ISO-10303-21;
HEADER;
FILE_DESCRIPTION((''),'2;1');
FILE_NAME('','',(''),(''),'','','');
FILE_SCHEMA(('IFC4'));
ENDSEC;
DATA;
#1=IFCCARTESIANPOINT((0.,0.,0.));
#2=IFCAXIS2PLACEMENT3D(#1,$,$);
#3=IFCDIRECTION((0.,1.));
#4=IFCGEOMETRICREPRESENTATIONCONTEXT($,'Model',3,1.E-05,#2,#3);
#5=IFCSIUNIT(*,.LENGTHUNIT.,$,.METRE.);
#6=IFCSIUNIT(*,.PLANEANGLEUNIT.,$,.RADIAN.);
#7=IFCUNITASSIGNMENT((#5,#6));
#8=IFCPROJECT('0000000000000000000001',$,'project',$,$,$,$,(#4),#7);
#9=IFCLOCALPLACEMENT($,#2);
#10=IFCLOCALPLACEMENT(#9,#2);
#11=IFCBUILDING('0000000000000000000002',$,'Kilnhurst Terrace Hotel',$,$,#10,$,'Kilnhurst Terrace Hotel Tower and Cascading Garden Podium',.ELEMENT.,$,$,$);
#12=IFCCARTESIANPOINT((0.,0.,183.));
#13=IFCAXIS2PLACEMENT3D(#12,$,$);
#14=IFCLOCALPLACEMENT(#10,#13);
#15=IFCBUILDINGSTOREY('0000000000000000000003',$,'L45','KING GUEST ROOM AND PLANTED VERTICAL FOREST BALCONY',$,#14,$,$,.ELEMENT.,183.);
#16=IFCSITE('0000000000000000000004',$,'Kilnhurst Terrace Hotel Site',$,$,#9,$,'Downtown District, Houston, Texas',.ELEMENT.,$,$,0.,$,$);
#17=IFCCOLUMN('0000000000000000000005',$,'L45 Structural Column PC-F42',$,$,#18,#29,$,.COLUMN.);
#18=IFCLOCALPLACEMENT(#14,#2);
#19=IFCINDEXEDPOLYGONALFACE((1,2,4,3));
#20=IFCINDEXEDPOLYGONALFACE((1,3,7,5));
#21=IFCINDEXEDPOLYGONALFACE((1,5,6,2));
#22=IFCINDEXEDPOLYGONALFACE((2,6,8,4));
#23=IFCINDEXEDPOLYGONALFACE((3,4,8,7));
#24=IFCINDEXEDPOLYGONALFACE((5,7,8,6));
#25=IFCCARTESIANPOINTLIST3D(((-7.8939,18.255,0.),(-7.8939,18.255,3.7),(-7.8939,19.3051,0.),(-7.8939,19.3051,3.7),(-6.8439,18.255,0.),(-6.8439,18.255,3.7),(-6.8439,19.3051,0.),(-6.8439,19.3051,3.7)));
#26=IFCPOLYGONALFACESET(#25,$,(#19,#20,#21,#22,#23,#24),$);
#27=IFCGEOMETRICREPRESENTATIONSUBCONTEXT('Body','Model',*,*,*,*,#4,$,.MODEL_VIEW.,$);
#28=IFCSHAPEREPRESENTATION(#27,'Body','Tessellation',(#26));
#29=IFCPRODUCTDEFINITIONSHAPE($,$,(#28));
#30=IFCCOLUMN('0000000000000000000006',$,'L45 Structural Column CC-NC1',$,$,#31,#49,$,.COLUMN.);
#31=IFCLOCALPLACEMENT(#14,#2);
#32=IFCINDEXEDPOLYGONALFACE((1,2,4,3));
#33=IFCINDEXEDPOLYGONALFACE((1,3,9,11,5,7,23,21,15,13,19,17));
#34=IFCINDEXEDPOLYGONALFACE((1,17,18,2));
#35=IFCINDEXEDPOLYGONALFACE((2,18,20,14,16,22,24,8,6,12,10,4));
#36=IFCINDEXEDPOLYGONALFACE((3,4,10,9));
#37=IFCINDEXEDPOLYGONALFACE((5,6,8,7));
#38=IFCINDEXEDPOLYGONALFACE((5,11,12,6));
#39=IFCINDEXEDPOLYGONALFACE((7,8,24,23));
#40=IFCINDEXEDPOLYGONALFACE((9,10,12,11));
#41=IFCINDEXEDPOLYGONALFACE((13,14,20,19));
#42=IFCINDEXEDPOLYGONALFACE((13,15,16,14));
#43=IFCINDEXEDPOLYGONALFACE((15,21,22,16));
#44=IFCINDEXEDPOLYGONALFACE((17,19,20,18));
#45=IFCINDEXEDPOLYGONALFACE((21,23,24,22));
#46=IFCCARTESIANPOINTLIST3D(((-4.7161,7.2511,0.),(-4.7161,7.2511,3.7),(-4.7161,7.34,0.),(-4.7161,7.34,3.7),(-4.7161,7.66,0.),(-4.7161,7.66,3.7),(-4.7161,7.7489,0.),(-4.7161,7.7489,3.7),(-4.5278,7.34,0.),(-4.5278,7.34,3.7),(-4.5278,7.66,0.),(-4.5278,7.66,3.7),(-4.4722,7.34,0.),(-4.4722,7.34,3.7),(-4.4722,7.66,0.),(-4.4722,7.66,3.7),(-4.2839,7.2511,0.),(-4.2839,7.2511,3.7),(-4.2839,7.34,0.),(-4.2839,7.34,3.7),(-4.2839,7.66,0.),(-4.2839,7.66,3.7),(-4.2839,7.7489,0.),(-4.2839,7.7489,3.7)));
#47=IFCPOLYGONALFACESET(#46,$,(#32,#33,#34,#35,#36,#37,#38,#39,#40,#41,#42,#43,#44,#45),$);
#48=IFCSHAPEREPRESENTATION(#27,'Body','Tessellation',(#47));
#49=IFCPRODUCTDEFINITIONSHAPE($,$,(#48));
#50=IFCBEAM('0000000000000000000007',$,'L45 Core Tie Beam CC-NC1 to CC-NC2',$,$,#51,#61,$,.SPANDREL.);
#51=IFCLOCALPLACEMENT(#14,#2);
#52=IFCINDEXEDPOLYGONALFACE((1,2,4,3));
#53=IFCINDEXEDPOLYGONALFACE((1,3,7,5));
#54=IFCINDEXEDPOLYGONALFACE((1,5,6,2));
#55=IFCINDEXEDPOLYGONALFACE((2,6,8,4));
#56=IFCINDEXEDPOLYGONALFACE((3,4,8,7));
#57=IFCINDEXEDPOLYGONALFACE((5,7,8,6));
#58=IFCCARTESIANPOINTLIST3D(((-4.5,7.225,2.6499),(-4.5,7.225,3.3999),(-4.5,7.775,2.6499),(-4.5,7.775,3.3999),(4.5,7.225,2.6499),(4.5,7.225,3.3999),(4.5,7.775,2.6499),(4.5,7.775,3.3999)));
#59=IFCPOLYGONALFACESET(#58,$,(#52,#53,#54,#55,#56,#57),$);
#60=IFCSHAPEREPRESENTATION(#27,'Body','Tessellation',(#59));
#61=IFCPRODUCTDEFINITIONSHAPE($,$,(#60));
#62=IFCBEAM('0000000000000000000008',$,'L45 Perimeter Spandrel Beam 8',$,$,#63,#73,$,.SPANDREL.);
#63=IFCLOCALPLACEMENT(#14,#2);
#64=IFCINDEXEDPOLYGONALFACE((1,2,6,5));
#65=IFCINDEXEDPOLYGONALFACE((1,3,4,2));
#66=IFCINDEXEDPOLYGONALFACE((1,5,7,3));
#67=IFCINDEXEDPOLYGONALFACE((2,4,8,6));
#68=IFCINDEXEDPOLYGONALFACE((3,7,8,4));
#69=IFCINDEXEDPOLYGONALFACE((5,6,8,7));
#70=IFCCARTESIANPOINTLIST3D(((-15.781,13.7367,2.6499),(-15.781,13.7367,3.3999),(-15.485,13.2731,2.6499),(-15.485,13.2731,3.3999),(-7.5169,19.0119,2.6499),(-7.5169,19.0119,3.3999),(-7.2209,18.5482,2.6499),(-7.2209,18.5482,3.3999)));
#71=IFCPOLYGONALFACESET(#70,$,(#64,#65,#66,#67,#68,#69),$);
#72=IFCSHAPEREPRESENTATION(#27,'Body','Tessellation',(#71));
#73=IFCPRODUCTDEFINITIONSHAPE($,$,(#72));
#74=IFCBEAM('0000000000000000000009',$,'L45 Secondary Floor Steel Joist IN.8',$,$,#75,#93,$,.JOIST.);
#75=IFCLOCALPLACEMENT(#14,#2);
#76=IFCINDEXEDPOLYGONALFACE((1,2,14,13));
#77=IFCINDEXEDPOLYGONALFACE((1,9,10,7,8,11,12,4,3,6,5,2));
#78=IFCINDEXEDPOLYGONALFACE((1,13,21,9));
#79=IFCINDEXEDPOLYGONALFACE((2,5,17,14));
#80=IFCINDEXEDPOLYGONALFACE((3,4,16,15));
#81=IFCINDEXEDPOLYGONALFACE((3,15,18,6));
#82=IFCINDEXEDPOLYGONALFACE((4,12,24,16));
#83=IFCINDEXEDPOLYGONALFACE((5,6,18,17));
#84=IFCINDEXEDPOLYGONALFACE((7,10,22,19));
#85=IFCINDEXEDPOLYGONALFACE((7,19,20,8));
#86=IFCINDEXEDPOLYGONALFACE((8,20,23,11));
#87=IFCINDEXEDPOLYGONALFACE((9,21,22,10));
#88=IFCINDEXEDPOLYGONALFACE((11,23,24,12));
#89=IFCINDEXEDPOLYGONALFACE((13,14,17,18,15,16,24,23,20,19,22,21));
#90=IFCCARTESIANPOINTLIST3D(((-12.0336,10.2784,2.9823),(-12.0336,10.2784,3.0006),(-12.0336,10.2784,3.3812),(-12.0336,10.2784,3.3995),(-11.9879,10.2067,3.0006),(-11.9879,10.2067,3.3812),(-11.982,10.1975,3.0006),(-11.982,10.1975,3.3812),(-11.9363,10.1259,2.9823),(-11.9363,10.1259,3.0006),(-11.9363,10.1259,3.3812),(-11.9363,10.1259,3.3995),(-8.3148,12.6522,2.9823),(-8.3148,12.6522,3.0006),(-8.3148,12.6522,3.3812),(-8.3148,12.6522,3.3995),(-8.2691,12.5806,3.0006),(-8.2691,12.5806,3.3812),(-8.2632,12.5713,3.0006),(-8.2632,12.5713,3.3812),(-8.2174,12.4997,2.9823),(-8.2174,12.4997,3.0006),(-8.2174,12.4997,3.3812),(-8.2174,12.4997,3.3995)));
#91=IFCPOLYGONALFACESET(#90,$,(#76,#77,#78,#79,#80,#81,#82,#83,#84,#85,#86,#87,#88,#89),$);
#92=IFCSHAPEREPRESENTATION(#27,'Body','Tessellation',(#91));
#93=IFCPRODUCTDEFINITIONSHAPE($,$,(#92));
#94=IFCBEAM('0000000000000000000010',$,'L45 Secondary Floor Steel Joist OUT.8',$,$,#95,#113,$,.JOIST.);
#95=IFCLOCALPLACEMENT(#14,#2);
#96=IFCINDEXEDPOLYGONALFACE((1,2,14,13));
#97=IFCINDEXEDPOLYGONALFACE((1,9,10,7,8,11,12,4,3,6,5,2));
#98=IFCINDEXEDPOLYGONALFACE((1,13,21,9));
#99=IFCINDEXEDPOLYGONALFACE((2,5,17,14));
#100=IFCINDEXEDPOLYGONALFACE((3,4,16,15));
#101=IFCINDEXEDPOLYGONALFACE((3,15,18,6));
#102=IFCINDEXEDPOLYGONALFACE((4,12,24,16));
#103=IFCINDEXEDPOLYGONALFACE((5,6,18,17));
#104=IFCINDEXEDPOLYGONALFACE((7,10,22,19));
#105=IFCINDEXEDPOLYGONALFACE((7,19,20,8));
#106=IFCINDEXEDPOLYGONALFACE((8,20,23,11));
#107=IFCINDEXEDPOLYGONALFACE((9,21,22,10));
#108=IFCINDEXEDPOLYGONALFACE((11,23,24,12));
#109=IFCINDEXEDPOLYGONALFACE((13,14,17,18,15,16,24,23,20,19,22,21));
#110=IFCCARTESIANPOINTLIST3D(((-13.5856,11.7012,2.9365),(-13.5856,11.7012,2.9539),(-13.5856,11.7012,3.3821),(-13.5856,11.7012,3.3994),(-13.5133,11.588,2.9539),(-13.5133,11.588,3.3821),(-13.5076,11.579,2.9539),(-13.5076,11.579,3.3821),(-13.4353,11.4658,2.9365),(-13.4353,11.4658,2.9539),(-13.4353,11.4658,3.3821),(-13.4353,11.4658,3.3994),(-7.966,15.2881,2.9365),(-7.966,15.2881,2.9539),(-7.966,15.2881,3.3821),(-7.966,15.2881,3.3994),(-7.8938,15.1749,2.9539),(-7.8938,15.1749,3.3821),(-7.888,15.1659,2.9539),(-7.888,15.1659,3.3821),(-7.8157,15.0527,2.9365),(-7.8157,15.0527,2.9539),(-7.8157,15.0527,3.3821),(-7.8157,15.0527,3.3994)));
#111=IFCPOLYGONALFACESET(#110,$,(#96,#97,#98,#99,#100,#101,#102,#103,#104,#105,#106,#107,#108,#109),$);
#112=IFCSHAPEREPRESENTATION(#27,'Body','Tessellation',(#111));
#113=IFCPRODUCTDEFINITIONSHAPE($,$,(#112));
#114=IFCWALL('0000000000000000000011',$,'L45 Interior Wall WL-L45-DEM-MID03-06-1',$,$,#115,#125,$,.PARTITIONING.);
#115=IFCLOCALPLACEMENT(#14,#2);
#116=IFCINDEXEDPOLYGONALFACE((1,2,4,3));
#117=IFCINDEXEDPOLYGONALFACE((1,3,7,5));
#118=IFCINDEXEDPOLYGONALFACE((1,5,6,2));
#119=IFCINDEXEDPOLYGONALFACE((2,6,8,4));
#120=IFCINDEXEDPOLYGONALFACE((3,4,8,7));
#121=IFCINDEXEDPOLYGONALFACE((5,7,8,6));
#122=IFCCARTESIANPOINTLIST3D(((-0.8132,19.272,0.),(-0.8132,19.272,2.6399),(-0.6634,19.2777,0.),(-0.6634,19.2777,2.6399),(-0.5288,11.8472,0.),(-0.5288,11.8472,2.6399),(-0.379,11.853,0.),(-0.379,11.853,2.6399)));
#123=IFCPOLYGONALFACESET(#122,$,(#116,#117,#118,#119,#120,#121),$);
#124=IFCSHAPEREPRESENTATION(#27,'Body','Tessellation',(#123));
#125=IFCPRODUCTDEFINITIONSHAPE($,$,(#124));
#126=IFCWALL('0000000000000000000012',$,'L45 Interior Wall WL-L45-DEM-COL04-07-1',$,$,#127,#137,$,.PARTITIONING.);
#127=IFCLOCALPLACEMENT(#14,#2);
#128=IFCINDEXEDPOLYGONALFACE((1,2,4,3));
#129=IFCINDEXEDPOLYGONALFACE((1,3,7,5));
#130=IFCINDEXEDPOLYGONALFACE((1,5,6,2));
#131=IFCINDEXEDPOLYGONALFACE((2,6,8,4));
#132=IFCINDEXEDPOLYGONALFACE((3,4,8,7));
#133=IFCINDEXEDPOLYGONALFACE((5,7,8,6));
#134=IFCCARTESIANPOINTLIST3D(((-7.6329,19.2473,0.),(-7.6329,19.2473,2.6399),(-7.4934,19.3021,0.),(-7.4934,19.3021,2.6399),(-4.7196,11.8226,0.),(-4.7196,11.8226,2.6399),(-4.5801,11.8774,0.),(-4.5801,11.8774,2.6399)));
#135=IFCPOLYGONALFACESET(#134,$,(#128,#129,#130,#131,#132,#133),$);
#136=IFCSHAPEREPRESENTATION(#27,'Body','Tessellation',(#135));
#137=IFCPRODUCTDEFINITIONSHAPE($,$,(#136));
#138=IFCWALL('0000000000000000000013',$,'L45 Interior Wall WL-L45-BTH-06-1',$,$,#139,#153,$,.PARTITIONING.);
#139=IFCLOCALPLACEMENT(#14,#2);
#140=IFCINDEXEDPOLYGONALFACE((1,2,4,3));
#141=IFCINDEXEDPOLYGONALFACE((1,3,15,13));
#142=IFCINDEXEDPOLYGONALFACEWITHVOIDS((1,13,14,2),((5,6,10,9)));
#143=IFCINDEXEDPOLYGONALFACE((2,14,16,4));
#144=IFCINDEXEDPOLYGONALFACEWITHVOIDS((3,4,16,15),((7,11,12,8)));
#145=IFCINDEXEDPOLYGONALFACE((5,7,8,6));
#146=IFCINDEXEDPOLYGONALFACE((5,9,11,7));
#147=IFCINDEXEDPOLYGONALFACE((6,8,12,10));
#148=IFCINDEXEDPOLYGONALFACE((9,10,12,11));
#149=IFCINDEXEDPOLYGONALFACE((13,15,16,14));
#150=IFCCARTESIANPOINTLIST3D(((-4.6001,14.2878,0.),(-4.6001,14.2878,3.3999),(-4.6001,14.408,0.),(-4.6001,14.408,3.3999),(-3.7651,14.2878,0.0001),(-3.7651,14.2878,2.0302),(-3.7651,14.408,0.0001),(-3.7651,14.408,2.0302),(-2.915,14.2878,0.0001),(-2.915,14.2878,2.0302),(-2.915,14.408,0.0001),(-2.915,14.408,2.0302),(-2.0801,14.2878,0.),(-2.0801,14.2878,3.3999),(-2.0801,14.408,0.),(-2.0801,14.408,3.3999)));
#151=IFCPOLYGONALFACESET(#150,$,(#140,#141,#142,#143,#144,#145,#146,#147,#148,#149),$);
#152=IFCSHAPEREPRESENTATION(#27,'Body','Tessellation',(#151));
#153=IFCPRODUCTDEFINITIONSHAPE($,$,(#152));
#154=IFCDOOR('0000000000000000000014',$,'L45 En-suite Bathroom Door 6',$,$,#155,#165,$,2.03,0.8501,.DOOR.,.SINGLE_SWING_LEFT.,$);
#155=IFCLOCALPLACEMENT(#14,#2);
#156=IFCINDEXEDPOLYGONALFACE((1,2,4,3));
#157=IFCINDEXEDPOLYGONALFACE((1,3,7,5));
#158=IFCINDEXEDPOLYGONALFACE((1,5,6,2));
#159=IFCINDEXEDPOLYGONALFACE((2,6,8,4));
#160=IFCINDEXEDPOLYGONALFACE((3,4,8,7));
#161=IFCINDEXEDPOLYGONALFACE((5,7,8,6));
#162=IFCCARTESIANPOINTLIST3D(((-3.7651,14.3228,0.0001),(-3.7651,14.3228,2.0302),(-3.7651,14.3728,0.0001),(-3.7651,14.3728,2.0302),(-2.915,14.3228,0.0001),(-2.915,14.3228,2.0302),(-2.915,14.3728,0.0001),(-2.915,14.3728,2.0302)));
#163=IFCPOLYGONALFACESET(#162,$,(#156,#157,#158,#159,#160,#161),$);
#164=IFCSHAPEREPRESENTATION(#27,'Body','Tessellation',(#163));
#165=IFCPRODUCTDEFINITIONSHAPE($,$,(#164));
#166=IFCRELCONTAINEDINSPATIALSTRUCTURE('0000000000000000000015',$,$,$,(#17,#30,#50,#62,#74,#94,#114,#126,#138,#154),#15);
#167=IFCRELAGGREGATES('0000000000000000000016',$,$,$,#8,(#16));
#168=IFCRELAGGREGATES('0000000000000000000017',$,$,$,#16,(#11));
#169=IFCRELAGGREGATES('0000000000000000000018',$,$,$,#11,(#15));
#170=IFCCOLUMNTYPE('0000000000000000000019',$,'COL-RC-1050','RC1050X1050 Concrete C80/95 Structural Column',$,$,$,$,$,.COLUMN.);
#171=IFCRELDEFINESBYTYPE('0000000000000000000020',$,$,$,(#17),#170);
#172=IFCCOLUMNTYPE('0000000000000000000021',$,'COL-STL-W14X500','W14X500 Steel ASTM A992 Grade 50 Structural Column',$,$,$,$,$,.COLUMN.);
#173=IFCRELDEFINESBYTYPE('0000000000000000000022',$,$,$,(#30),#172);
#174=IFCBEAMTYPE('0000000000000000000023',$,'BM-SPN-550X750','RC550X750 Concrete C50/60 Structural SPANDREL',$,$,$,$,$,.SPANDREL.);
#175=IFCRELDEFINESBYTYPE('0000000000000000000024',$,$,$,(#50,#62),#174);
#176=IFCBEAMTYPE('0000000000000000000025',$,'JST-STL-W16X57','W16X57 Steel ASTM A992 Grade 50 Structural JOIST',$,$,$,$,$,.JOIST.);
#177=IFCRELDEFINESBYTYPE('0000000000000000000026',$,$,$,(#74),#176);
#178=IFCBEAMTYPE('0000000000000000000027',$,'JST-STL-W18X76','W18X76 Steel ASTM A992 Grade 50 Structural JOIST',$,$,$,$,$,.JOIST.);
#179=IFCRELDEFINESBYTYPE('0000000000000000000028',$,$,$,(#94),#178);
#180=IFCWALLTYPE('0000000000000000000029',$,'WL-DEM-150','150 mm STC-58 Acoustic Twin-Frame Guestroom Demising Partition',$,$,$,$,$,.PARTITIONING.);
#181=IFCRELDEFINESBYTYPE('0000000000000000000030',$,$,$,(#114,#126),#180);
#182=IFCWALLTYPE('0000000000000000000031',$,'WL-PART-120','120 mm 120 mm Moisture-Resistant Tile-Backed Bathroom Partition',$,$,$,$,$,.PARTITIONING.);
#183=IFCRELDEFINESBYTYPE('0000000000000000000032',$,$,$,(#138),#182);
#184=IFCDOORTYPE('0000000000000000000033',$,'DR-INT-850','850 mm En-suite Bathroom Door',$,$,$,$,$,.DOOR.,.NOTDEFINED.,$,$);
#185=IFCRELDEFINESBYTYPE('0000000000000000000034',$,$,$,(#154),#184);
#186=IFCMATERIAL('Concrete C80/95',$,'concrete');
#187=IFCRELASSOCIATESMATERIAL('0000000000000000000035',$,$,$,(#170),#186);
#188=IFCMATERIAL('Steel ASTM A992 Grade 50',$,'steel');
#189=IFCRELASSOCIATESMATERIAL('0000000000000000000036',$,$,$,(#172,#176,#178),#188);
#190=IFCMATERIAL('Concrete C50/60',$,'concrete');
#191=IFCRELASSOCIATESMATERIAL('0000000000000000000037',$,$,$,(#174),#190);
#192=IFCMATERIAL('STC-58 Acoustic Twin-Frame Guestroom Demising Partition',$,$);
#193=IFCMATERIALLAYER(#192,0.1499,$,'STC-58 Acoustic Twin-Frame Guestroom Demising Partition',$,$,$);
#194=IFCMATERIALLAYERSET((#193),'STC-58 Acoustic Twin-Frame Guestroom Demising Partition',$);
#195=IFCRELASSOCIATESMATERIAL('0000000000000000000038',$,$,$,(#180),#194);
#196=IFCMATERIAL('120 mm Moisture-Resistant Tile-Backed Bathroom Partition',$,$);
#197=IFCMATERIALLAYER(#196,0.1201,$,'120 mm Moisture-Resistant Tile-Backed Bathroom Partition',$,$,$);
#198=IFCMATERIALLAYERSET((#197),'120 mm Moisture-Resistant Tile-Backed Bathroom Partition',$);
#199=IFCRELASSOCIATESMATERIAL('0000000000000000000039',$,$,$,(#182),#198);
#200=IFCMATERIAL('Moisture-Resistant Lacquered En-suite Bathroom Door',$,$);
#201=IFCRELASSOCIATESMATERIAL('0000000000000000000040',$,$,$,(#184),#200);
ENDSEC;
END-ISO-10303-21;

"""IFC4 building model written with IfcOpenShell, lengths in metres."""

from ifc_helpers import new_model, si_unit, direction, frame, frame_2d, origin, origin_2d, place, context, subcontext, project, spatial, rectangle, i_section, extrude, material, layer, layer_set, material_profile, profile_set, type_object, element, fill, save


model = new_model("IFC4")

# Units and contexts
model_context = context("Model", 3, precision=1e-05, world=origin(), true_north=direction((0.0, 1.0)))
body_context = subcontext(model_context, "Body", "Model", "MODEL_VIEW")
ifc_project = project(units=[si_unit("LENGTHUNIT", "METRE"), si_unit("PLANEANGLEUNIT", "RADIAN")], contexts=[model_context])

# Site, building, storey
site_placement = place(None, origin())
site = spatial("IfcSite", under=ifc_project, at=site_placement, Name="Kilnhurst Terrace Hotel Site", LongName="Downtown District, Houston, Texas", CompositionType="ELEMENT", RefElevation=0.0)
building_placement = place(site_placement, origin())
building = spatial("IfcBuilding", under=site, at=building_placement, Name="Kilnhurst Terrace Hotel", LongName="Kilnhurst Terrace Hotel Tower and Cascading Garden Podium", CompositionType="ELEMENT")
storey_placement = place(building_placement, frame((0.0, 0.0, 183.0)))
storey = spatial("IfcBuildingStorey", under=building, at=storey_placement, Name="L45", Description="KING GUEST ROOM AND PLANTED VERTICAL FOREST BALCONY", CompositionType="ELEMENT", Elevation=183.0)

# Columns
ifc_material_1 = material(Name="Concrete C80/95", Category="concrete")
ifc_material_profile_1 = material_profile(ifc_material_1, rectangle(XDim=1.05, YDim=1.05, at=origin_2d()), Name="RC1050X1050")
ifc_profile_set_1 = profile_set([ifc_material_profile_1], Name="Concrete C80/95")
column_type_1 = type_object("IfcColumnType", Name="COL-RC-1050", Description="RC1050X1050 Concrete C80/95 Structural Column", PredefinedType="COLUMN", material=ifc_profile_set_1)
column_1_placement = place(storey_placement, frame((-7.3689, 18.78, 0.0), z_axis=(0.0, 0.0, 1.0), x_axis=(1.0, 0.0, 0.0)))
element("IfcColumn", 1, at=column_1_placement, inside=storey, type_object=column_type_1, Name="L45 Structural Column PC-F42", PredefinedType="COLUMN", context=body_context, shape_type="SweptSolid", body=[
    extrude(rectangle(XDim=1.05, YDim=1.05, at=origin_2d()), origin(), (0.0, 0.0, 1.0), 3.7),
])
ifc_material_2 = material(Name="Steel ASTM A992 Grade 50", Category="steel")
ifc_material_profile_2 = material_profile(ifc_material_2, i_section(OverallWidth=0.4321, OverallDepth=0.4978, WebThickness=0.0557, FlangeThickness=0.0889, at=origin_2d()), Name="W14X500")
ifc_profile_set_2 = profile_set([ifc_material_profile_2], Name="Steel ASTM A992 Grade 50")
column_type_2 = type_object("IfcColumnType", Name="COL-STL-W14X500", Description="W14X500 Steel ASTM A992 Grade 50 Structural Column", PredefinedType="COLUMN", material=ifc_profile_set_2)
column_2_placement = place(storey_placement, frame((-4.5, 7.5, 0.0), z_axis=(0.0, 0.0, 1.0), x_axis=(1.0, 0.0, 0.0)))
element("IfcColumn", 2, at=column_2_placement, inside=storey, type_object=column_type_2, Name="L45 Structural Column CC-NC1", PredefinedType="COLUMN", context=body_context, shape_type="SweptSolid", body=[
    extrude(i_section(OverallWidth=0.4321, OverallDepth=0.4978, WebThickness=0.0557, FlangeThickness=0.0889, at=origin_2d()), origin(), (0.0, 0.0, 1.0), 3.7),
])

# Beams
ifc_material_3 = material(Name="Concrete C50/60", Category="concrete")
ifc_material_profile_3 = material_profile(ifc_material_3, rectangle(XDim=0.55, YDim=0.75, at=origin_2d()), Name="RC550X750")
ifc_profile_set_3 = profile_set([ifc_material_profile_3], Name="Concrete C50/60")
beam_type_1 = type_object("IfcBeamType", Name="BM-SPN-550X750", Description="RC550X750 Concrete C50/60 Structural SPANDREL", PredefinedType="SPANDREL", material=ifc_profile_set_3)
beam_1_placement = place(storey_placement, frame((-4.5, 7.5, 3.0249), z_axis=(1.0, 0.0, 0.0), x_axis=(0.0, 1.0, 0.0)))
element("IfcBeam", 3, at=beam_1_placement, inside=storey, type_object=beam_type_1, Name="L45 Core Tie Beam CC-NC1 to CC-NC2", PredefinedType="SPANDREL", context=body_context, shape_type="SweptSolid", body=[
    extrude(rectangle(XDim=0.55, YDim=0.75, at=origin_2d()), origin(), (0.0, 0.0, 1.0), 9.0),
])
beam_2_placement = place(storey_placement, frame((-7.3689, 18.78, 3.0249), z_axis=(-0.842915, -0.538046, 0.0), x_axis=(0.538046, -0.842915, 0.0)))
element("IfcBeam", 4, at=beam_2_placement, inside=storey, type_object=beam_type_1, Name="L45 Perimeter Spandrel Beam 8", PredefinedType="SPANDREL", context=body_context, shape_type="SweptSolid", body=[
    extrude(rectangle(XDim=0.55, YDim=0.75, at=origin_2d()), origin(), (0.0, 0.0, 1.0), 9.8042),
])
ifc_material_profile_4 = material_profile(ifc_material_2, i_section(OverallWidth=0.1809, OverallDepth=0.4172, WebThickness=0.011, FlangeThickness=0.0183, at=origin_2d()), Name="W16X57")
ifc_profile_set_4 = profile_set([ifc_material_profile_4], Name="Steel ASTM A992 Grade 50")
beam_type_2 = type_object("IfcBeamType", Name="JST-STL-W16X57", Description="W16X57 Steel ASTM A992 Grade 50 Structural JOIST", PredefinedType="JOIST", material=ifc_profile_set_4)
beam_3_placement = place(storey_placement, frame((-8.2661, 12.5759, 3.1909), z_axis=(-0.842911, -0.538053, 0.0), x_axis=(0.538053, -0.842911, 0.0)))
element("IfcBeam", 5, at=beam_3_placement, inside=storey, type_object=beam_type_2, Name="L45 Secondary Floor Steel Joist IN.8", PredefinedType="JOIST", context=body_context, shape_type="SweptSolid", body=[
    extrude(i_section(OverallWidth=0.1809, OverallDepth=0.4172, WebThickness=0.011, FlangeThickness=0.0183, at=origin_2d()), origin(), (0.0, 0.0, 1.0), 4.4119),
])
ifc_material_profile_5 = material_profile(ifc_material_2, i_section(OverallWidth=0.2793, OverallDepth=0.4629, WebThickness=0.0107, FlangeThickness=0.0173, at=origin_2d()), Name="W18X76")
ifc_profile_set_5 = profile_set([ifc_material_profile_5], Name="Steel ASTM A992 Grade 50")
beam_type_3 = type_object("IfcBeamType", Name="JST-STL-W18X76", Description="W18X76 Steel ASTM A992 Grade 50 Structural JOIST", PredefinedType="JOIST", material=ifc_profile_set_5)
beam_4_placement = place(storey_placement, frame((-7.8909, 15.1704, 3.168), z_axis=(-0.842928, -0.538027, 0.0), x_axis=(0.538027, -0.842928, 0.0)))
element("IfcBeam", 6, at=beam_4_placement, inside=storey, type_object=beam_type_3, Name="L45 Secondary Floor Steel Joist OUT.8", PredefinedType="JOIST", context=body_context, shape_type="SweptSolid", body=[
    extrude(i_section(OverallWidth=0.2793, OverallDepth=0.4629, WebThickness=0.0107, FlangeThickness=0.0173, at=origin_2d()), origin(), (0.0, 0.0, 1.0), 6.6667),
])

# Walls
ifc_material_4 = material(Name="STC-58 Acoustic Twin-Frame Guestroom Demising Partition")
ifc_layer_1 = layer(ifc_material_4, 0.1499, Name="STC-58 Acoustic Twin-Frame Guestroom Demising Partition")
ifc_layer_set_1 = layer_set([ifc_layer_1], Name="STC-58 Acoustic Twin-Frame Guestroom Demising Partition")
wall_type_1 = type_object("IfcWallType", Name="WL-DEM-150", Description="150 mm STC-58 Acoustic Twin-Frame Guestroom Demising Partition", PredefinedType="PARTITIONING", material=ifc_layer_set_1)
wall_1_placement = place(storey_placement, frame((-0.4539, 11.8501, 0.0), z_axis=(0.0, 0.0, 1.0), x_axis=(-0.038279, 0.999267, 0.0)))
element("IfcWall", 7, at=wall_1_placement, inside=storey, type_object=wall_type_1, Name="L45 Interior Wall WL-L45-DEM-MID03-06-1", PredefinedType="PARTITIONING", context=body_context, shape_type="SweptSolid", body=[
    extrude(rectangle(XDim=7.4302, YDim=0.1499, at=frame_2d((3.7151, 0.0))), origin(), (0.0, 0.0, 1.0), 2.6399),
])
wall_2_placement = place(storey_placement, frame((-4.6499, 11.8501, 0.0), z_axis=(0.0, 0.0, 1.0), x_axis=(-0.365266, 0.930903, 0.0)))
element("IfcWall", 8, at=wall_2_placement, inside=storey, type_object=wall_type_1, Name="L45 Interior Wall WL-L45-DEM-COL04-07-1", PredefinedType="PARTITIONING", context=body_context, shape_type="SweptSolid", body=[
    extrude(rectangle(XDim=7.9758, YDim=0.1499, at=frame_2d((3.9878, 0.0))), origin(), (0.0, 0.0, 1.0), 2.6399),
])

# Wall, opening, door
ifc_material_5 = material(Name="120 mm Moisture-Resistant Tile-Backed Bathroom Partition")
ifc_layer_2 = layer(ifc_material_5, 0.1201, Name="120 mm Moisture-Resistant Tile-Backed Bathroom Partition")
ifc_layer_set_2 = layer_set([ifc_layer_2], Name="120 mm Moisture-Resistant Tile-Backed Bathroom Partition")
wall_type_2 = type_object("IfcWallType", Name="WL-PART-120", Description="120 mm 120 mm Moisture-Resistant Tile-Backed Bathroom Partition", PredefinedType="PARTITIONING", material=ifc_layer_set_2)
wall_3_placement = place(storey_placement, frame((-4.6001, 14.3479, 0.0), z_axis=(0.0, 0.0, 1.0), x_axis=(1.0, 0.0, 0.0)))
wall_3 = element("IfcWall", 9, at=wall_3_placement, inside=storey, type_object=wall_type_2, Name="L45 Interior Wall WL-L45-BTH-06-1", PredefinedType="PARTITIONING", context=body_context, shape_type="SweptSolid", body=[
    extrude(rectangle(XDim=2.52, YDim=0.1201, at=frame_2d((1.26, 0.0))), origin(), (0.0, 0.0, 1.0), 3.3999),
])
opening_1_placement = place(wall_3_placement, frame((0.835, 0.0, 0.0)))
opening_1 = element("IfcOpeningElement", 10, at=opening_1_placement, cuts=wall_3, PredefinedType="OPENING", context=body_context, shape_type="SweptSolid", body=[
    extrude(rectangle(XDim=0.8501, YDim=2.03, at=frame_2d((0.425, 1.0151))), frame((0.0, 0.0701, 0.0), z_axis=(0.0, -1.0, 0.0), x_axis=(1.0, 0.0, 0.0)), (0.0, 0.0, 1.0), 0.1401),
])
ifc_material_6 = material(Name="Moisture-Resistant Lacquered En-suite Bathroom Door")
door_type_1 = type_object("IfcDoorType", Name="DR-INT-850", Description="850 mm En-suite Bathroom Door", OperationType="NOTDEFINED", PredefinedType="DOOR", material=ifc_material_6)
door_1_placement = place(opening_1_placement, origin())
door_1 = element("IfcDoor", 11, at=door_1_placement, inside=storey, type_object=door_type_1, Name="L45 En-suite Bathroom Door 6", OperationType="SINGLE_SWING_LEFT", OverallHeight=2.03, OverallWidth=0.8501, PredefinedType="DOOR", context=body_context, shape_type="SweptSolid", body=[
    extrude(rectangle(XDim=0.8501, YDim=2.03, at=frame_2d((0.425, 1.0151))), frame((0.0, 0.0249, 0.0), z_axis=(0.0, -1.0, 0.0), x_axis=(1.0, 0.0, 0.0)), (0.0, 0.0, 1.0), 0.05),
])
fill(opening_1, door_1)

save(model, "model.ifc")
